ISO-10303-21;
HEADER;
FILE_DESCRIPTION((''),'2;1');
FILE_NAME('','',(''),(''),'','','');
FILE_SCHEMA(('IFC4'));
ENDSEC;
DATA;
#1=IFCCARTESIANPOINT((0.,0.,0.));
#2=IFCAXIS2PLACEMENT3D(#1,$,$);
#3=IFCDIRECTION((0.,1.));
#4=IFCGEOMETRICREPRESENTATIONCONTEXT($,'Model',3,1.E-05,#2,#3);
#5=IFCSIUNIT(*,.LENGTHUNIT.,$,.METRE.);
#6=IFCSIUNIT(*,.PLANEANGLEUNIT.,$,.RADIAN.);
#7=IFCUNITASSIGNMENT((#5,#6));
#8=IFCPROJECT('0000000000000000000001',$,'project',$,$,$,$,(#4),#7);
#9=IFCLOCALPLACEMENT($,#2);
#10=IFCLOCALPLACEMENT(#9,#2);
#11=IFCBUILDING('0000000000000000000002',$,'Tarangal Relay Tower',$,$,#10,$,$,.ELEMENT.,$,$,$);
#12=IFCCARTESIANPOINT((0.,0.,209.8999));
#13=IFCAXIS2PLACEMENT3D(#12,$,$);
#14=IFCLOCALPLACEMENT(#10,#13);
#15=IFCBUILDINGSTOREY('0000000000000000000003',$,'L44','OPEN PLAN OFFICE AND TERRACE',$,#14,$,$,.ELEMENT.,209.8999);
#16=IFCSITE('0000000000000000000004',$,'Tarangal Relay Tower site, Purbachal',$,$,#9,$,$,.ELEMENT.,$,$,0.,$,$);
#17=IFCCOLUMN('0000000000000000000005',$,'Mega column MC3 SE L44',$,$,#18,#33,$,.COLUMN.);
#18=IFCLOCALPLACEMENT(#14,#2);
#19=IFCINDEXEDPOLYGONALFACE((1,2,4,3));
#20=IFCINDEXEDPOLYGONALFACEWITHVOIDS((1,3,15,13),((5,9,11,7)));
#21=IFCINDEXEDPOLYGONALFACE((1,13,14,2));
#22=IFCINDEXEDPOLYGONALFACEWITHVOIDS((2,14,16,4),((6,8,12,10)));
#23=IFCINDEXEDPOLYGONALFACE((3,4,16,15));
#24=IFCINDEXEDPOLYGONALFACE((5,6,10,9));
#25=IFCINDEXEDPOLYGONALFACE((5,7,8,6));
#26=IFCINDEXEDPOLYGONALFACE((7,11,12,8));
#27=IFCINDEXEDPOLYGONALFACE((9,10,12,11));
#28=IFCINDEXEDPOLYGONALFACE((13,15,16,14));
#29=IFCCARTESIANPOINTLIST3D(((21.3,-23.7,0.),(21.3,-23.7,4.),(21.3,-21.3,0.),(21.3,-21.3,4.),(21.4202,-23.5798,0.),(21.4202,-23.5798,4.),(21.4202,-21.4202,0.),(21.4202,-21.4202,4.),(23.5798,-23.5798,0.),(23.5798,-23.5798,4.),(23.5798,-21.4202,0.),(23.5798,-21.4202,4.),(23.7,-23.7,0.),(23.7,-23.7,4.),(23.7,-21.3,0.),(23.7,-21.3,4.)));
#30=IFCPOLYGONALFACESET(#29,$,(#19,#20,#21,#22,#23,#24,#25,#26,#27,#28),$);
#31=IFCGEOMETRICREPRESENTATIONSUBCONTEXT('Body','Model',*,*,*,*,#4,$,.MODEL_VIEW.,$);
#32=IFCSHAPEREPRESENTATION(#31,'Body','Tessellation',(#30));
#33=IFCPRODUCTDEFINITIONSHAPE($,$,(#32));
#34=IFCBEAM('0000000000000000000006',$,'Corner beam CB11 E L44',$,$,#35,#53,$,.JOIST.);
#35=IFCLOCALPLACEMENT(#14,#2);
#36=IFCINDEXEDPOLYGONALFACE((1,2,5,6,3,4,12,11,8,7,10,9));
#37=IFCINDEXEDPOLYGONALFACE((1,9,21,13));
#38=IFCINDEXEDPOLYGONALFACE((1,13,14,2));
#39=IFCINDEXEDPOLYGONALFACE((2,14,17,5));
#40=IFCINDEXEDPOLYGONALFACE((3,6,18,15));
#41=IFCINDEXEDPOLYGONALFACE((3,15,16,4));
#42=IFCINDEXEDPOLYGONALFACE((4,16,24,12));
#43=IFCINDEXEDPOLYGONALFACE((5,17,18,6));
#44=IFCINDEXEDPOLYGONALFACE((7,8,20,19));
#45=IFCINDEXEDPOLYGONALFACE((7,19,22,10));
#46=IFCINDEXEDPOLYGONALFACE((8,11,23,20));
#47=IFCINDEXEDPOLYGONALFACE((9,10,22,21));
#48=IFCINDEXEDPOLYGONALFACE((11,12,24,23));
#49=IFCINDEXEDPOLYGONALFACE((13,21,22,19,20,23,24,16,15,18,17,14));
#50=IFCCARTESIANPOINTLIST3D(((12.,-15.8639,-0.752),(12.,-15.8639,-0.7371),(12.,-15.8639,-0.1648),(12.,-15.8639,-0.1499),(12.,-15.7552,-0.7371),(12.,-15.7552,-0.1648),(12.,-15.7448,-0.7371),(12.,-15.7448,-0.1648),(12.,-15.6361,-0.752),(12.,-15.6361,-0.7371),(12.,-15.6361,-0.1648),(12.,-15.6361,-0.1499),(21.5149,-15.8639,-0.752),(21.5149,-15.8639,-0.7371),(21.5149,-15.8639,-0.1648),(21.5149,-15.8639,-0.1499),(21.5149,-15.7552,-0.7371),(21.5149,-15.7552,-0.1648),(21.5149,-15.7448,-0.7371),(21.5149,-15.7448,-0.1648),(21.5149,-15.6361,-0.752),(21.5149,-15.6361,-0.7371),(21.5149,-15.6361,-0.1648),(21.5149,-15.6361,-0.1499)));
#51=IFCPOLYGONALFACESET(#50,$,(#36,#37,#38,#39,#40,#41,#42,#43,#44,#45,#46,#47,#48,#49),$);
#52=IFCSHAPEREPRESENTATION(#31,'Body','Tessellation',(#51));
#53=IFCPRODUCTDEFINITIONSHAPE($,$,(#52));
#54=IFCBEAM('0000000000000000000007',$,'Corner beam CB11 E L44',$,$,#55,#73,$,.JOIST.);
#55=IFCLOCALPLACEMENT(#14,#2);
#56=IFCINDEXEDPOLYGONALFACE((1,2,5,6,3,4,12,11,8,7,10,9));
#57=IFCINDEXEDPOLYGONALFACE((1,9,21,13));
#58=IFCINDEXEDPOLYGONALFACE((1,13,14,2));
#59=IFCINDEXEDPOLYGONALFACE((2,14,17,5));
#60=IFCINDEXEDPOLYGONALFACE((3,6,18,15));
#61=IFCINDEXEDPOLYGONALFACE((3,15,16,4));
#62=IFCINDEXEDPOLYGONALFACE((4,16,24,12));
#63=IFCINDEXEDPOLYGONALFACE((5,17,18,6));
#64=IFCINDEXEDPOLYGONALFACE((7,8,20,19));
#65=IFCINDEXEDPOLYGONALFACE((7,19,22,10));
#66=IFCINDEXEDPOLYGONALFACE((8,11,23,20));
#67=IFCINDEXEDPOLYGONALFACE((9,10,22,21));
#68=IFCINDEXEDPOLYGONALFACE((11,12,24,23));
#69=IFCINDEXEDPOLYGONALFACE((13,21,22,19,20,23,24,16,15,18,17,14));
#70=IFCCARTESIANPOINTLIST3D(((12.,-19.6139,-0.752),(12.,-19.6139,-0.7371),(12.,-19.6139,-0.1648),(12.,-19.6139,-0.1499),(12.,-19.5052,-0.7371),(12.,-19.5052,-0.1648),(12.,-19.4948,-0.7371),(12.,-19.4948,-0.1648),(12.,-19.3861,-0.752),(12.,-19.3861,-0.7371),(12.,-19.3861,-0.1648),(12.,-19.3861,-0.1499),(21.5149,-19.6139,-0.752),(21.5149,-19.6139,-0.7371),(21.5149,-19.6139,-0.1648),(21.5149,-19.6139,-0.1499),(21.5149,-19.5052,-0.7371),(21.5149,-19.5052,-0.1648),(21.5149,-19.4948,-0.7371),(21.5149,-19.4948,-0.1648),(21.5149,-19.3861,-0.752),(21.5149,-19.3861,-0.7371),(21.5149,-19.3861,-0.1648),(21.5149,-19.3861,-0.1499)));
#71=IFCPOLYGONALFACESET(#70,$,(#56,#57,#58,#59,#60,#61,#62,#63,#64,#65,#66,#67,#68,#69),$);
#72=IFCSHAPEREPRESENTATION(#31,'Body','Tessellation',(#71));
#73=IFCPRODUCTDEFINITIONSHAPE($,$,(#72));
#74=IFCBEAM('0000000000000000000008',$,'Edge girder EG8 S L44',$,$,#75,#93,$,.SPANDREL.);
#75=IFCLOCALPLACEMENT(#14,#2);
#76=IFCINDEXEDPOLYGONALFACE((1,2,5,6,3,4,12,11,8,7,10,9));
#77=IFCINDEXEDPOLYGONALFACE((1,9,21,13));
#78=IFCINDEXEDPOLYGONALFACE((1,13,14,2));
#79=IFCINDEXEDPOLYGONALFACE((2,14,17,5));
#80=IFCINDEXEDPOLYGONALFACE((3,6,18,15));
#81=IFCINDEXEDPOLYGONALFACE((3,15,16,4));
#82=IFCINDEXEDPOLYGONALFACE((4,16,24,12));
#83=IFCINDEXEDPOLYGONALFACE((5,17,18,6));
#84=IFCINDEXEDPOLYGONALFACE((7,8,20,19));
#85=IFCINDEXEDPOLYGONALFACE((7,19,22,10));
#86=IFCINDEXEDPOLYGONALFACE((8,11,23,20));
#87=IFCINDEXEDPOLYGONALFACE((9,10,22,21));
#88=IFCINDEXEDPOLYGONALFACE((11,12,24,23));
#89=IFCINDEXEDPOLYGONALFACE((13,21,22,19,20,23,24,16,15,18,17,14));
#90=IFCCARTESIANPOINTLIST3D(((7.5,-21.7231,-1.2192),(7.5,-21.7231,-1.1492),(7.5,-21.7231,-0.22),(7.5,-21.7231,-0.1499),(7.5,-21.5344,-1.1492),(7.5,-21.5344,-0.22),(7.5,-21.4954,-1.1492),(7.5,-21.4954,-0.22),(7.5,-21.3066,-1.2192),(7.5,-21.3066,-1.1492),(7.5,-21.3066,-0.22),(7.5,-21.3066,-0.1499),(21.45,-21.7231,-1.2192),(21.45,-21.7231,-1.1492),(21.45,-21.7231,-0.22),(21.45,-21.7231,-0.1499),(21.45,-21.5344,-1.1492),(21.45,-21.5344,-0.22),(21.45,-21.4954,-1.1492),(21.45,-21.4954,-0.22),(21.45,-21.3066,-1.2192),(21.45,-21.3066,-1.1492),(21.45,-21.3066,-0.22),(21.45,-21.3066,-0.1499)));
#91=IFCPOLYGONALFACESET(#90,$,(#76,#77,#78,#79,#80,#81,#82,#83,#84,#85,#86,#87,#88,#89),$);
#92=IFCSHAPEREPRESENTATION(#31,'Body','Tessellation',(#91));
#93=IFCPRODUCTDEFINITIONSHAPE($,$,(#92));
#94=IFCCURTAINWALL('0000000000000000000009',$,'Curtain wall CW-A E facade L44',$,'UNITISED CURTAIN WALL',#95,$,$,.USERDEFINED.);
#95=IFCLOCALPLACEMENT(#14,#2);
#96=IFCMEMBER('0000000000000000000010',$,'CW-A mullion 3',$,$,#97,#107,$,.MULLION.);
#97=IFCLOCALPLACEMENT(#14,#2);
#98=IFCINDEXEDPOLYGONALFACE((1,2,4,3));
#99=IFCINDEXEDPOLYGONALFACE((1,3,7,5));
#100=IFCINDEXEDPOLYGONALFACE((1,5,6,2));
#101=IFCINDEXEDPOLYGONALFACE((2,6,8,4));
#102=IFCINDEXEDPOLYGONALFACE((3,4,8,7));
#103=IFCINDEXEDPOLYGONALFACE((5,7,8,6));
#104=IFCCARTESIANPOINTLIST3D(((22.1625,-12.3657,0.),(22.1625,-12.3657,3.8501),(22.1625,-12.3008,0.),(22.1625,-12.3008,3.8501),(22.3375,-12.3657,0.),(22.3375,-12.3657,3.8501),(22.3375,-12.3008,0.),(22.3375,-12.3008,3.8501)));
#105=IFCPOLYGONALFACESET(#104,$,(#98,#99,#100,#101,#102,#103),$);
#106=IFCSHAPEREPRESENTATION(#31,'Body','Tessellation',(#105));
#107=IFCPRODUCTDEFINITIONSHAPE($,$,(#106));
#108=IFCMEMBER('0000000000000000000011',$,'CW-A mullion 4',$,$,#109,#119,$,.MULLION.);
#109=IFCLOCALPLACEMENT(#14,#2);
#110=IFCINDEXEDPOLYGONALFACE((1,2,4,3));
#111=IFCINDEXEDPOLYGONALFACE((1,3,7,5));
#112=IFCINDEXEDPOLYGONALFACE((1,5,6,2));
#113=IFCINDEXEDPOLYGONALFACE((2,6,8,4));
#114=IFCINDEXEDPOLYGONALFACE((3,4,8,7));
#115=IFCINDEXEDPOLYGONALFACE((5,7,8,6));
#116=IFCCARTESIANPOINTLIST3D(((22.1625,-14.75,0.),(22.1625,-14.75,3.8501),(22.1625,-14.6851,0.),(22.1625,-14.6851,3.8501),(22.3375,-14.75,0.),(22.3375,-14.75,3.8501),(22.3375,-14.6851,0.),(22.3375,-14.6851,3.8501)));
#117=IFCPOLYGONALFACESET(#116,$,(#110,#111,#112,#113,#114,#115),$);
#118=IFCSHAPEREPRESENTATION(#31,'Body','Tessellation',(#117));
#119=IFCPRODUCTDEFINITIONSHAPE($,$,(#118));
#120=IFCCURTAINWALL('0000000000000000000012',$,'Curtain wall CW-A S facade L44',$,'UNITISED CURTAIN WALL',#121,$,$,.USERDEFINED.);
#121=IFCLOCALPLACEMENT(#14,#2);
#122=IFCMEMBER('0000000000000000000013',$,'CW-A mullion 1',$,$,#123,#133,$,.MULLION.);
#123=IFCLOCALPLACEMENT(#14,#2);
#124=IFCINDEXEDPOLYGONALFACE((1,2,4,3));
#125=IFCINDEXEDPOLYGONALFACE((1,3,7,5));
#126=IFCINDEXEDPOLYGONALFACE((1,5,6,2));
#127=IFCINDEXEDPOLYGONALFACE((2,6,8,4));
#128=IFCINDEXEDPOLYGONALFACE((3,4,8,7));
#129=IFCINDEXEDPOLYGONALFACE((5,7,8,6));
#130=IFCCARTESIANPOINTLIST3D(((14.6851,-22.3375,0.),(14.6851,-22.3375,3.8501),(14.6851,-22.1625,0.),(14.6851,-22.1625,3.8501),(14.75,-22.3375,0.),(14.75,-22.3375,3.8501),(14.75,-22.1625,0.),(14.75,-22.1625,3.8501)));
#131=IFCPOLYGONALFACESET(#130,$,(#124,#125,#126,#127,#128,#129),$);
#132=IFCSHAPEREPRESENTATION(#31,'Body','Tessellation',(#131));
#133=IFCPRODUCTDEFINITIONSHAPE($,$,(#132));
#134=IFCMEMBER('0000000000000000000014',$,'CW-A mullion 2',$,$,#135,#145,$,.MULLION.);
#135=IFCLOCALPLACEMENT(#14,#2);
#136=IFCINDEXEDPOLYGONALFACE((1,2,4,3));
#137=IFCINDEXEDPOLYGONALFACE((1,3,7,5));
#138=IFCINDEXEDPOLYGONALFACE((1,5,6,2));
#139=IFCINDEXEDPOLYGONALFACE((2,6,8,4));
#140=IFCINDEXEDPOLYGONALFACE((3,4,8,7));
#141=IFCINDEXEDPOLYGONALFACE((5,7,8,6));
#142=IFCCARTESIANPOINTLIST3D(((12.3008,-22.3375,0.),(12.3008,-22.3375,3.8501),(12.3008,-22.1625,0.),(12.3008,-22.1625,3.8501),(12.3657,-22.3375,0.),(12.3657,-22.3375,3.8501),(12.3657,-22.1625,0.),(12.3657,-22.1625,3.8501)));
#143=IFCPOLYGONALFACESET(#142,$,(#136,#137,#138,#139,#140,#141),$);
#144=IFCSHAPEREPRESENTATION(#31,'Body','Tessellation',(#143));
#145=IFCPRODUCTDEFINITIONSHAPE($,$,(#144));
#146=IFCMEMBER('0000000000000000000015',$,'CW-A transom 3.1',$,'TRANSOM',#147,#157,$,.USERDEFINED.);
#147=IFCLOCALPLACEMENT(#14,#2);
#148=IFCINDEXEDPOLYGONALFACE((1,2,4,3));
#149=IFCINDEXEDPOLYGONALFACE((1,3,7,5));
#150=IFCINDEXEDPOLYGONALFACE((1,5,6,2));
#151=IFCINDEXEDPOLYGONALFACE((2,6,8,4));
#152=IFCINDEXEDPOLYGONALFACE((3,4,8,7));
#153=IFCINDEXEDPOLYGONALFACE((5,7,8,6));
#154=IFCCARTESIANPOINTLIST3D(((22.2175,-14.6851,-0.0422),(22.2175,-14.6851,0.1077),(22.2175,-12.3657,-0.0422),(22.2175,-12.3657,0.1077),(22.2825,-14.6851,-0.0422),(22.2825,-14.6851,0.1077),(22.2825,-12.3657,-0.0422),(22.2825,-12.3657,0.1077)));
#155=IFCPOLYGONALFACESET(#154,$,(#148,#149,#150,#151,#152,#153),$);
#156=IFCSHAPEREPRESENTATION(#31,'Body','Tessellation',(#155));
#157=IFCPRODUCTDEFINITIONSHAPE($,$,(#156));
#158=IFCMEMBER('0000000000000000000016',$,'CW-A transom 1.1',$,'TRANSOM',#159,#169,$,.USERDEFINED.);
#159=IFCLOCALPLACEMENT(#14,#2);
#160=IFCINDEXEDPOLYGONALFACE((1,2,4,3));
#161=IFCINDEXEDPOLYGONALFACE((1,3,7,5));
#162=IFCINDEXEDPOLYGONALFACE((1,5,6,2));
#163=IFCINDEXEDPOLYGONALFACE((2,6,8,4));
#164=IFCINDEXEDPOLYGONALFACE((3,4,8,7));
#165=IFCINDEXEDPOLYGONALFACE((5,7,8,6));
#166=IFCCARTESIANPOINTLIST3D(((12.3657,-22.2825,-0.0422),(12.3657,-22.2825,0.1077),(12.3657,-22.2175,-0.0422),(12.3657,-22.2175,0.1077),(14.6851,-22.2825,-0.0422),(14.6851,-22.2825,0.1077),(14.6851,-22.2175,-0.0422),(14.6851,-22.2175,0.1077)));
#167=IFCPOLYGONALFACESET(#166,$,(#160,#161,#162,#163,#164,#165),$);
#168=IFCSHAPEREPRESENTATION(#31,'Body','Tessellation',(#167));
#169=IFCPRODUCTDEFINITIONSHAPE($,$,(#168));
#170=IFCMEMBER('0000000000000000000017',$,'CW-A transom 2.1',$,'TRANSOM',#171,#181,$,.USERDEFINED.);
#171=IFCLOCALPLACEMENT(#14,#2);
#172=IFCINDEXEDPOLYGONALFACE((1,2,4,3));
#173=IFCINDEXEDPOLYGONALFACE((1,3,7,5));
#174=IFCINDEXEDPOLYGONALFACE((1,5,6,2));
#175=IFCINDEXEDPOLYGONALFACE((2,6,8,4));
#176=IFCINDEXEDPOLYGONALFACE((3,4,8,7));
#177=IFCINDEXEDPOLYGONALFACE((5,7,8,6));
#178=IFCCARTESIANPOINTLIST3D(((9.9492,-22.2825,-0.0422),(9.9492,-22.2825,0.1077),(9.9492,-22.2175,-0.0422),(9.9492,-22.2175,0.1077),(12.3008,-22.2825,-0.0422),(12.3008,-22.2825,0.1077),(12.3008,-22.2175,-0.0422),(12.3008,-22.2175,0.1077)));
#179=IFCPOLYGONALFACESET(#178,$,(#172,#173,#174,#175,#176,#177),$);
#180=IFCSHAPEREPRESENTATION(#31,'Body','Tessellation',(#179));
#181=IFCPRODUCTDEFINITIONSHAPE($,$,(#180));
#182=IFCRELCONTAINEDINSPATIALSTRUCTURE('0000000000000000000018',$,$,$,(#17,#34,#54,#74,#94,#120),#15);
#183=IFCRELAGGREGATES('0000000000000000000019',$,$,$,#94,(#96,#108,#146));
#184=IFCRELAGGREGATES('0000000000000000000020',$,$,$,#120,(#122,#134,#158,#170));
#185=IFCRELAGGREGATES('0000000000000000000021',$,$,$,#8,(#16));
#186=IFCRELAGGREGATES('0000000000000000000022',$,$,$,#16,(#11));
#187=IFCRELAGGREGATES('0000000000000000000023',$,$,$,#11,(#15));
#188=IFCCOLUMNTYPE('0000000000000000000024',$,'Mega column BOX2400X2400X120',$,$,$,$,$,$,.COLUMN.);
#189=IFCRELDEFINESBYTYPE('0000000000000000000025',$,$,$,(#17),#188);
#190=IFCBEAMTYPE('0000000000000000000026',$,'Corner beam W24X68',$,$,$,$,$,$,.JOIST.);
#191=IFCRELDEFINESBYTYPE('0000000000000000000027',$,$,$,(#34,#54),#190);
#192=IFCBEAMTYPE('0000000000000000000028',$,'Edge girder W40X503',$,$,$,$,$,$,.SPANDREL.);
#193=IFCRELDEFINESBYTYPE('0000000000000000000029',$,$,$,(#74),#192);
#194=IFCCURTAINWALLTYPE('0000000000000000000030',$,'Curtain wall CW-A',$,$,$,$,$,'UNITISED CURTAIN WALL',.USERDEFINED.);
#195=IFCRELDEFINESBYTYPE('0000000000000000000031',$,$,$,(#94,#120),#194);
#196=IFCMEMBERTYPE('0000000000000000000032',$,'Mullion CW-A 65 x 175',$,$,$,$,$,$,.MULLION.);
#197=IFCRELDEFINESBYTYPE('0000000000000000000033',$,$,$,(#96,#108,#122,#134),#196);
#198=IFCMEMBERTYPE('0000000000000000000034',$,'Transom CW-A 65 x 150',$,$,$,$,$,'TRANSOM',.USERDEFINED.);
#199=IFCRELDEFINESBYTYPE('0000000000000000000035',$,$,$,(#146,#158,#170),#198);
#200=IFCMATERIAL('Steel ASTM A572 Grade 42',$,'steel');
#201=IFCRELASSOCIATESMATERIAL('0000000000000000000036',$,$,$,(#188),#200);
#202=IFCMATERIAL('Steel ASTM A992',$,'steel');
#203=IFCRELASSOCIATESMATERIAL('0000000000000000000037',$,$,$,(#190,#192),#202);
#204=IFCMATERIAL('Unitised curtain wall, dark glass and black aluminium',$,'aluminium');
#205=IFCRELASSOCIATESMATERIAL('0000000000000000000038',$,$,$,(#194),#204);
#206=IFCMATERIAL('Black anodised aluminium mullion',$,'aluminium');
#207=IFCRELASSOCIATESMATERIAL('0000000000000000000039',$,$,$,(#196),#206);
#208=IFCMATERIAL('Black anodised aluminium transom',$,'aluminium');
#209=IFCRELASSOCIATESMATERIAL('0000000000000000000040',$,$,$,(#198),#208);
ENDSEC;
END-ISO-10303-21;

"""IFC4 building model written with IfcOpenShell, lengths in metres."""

from ifc_helpers import new_model, si_unit, direction, frame, origin, origin_2d, place, context, subcontext, project, spatial, rectangle, hollow_rectangle, i_section, extrude, material, material_profile, profile_set, type_object, element, aggregate, save


model = new_model("IFC4")

# Units and contexts
model_context = context("Model", 3, precision=1e-05, world=origin(), true_north=direction((0.0, 1.0)))
body_context = subcontext(model_context, "Body", "Model", "MODEL_VIEW")
ifc_project = project(units=[si_unit("LENGTHUNIT", "METRE"), si_unit("PLANEANGLEUNIT", "RADIAN")], contexts=[model_context])

# Site, building, storey
site_placement = place(None, origin())
site = spatial("IfcSite", under=ifc_project, at=site_placement, Name="Tarangal Relay Tower site, Purbachal", CompositionType="ELEMENT", RefElevation=0.0)
building_placement = place(site_placement, origin())
building = spatial("IfcBuilding", under=site, at=building_placement, Name="Tarangal Relay Tower", CompositionType="ELEMENT")
storey_placement = place(building_placement, frame((0.0, 0.0, 209.8999)))
storey = spatial("IfcBuildingStorey", under=building, at=storey_placement, Name="L44", Description="OPEN PLAN OFFICE AND TERRACE", CompositionType="ELEMENT", Elevation=209.8999)

# Column
ifc_material_1 = material(Name="Steel ASTM A572 Grade 42", Category="steel")
ifc_material_profile_1 = material_profile(ifc_material_1, hollow_rectangle(XDim=2.3999, YDim=2.3999, WallThickness=0.1201, at=origin_2d()), Name="BOX2400X2400X120")
ifc_profile_set_1 = profile_set([ifc_material_profile_1], Name="Steel ASTM A572 Grade 42")
column_type = type_object("IfcColumnType", Name="Mega column BOX2400X2400X120", PredefinedType="COLUMN", material=ifc_profile_set_1)
column_placement = place(storey_placement, frame((22.5, -22.5, 0.0), z_axis=(0.0, 0.0, 1.0), x_axis=(1.0, 0.0, 0.0)))
element("IfcColumn", 1, at=column_placement, inside=storey, type_object=column_type, Name="Mega column MC3 SE L44", PredefinedType="COLUMN", context=body_context, shape_type="SweptSolid", body=[
    extrude(hollow_rectangle(XDim=2.3999, YDim=2.3999, WallThickness=0.1201, at=origin_2d()), origin(), (0.0, 0.0, 1.0), 4.0),
])

# Beams
ifc_material_2 = material(Name="Steel ASTM A992", Category="steel")
ifc_material_profile_2 = material_profile(ifc_material_2, i_section(OverallWidth=0.2278, OverallDepth=0.6021, WebThickness=0.0105, FlangeThickness=0.0149, at=origin_2d()), Name="W24X68")
ifc_profile_set_2 = profile_set([ifc_material_profile_2], Name="Steel ASTM A992")
beam_type_1 = type_object("IfcBeamType", Name="Corner beam W24X68", PredefinedType="JOIST", material=ifc_profile_set_2)
for number, where, z_axis, x_axis, name in (
    (2, (12.0, -15.75, -0.4509), (1.0, 0.0, 0.0), (0.0, 1.0, 0.0), "Corner beam CB11 E L44"),
    (3, (12.0, -19.5, -0.4509), (1.0, 0.0, 0.0), (0.0, 1.0, 0.0), "Corner beam CB11 E L44"),
):
    element("IfcBeam", number, at=place(storey_placement, frame(where, z_axis=z_axis, x_axis=x_axis)), inside=storey, type_object=beam_type_1, Name=name, PredefinedType="JOIST", context=body_context, shape_type="SweptSolid", body=[
        extrude(i_section(OverallWidth=0.2278, OverallDepth=0.6021, WebThickness=0.0105, FlangeThickness=0.0149, at=origin_2d()), origin(), (0.0, 0.0, 1.0), 9.5149),
    ])
ifc_material_profile_3 = material_profile(ifc_material_2, i_section(OverallWidth=0.4165, OverallDepth=1.0693, WebThickness=0.0391, FlangeThickness=0.0701, at=origin_2d()), Name="W40X503")
ifc_profile_set_3 = profile_set([ifc_material_profile_3], Name="Steel ASTM A992")
beam_type_2 = type_object("IfcBeamType", Name="Edge girder W40X503", PredefinedType="SPANDREL", material=ifc_profile_set_3)
beam_placement = place(storey_placement, frame((21.45, -21.5149, -0.6846), z_axis=(-1.0, 0.0, 0.0), x_axis=(0.0, -1.0, 0.0)))
element("IfcBeam", 4, at=beam_placement, inside=storey, type_object=beam_type_2, Name="Edge girder EG8 S L44", PredefinedType="SPANDREL", context=body_context, shape_type="SweptSolid", body=[
    extrude(i_section(OverallWidth=0.4165, OverallDepth=1.0693, WebThickness=0.0391, FlangeThickness=0.0701, at=origin_2d()), origin(), (0.0, 0.0, 1.0), 13.95),
])

# Curtain walls, members
ifc_material_3 = material(Name="Unitised curtain wall, dark glass and black aluminium", Category="aluminium")
curtain_wall_type = type_object("IfcCurtainWallType", Name="Curtain wall CW-A", ElementType="UNITISED CURTAIN WALL", PredefinedType="USERDEFINED", material=ifc_material_3)
curtain_wall_1_placement = place(storey_placement, origin())
curtain_wall_1 = element("IfcCurtainWall", 5, at=curtain_wall_1_placement, inside=storey, type_object=curtain_wall_type, Name="Curtain wall CW-A E facade L44", ObjectType="UNITISED CURTAIN WALL", PredefinedType="USERDEFINED")
ifc_material_4 = material(Name="Black anodised aluminium mullion", Category="aluminium")
ifc_material_profile_4 = material_profile(ifc_material_4, rectangle(XDim=0.175, YDim=0.0649, at=origin_2d()), Name="CW-AM 65X175")
ifc_profile_set_4 = profile_set([ifc_material_profile_4], Name="Black anodised aluminium mullion")
member_type_1 = type_object("IfcMemberType", Name="Mullion CW-A 65 x 175", PredefinedType="MULLION", material=ifc_profile_set_4)
member_1_placement = place(storey_placement, frame((22.25, -12.3333, 0.0), z_axis=(0.0, 0.0, 1.0), x_axis=(1.0, 0.0, 0.0)))
member_1 = element("IfcMember", 6, at=member_1_placement, type_object=member_type_1, Name="CW-A mullion 3", PredefinedType="MULLION", context=body_context, shape_type="SweptSolid", body=[
    extrude(rectangle(XDim=0.175, YDim=0.0649, at=origin_2d()), origin(), (0.0, 0.0, 1.0), 3.8501),
])
member_2_placement = place(storey_placement, frame((22.25, -14.7175, 0.0), z_axis=(0.0, 0.0, 1.0), x_axis=(1.0, 0.0, 0.0)))
member_2 = element("IfcMember", 7, at=member_2_placement, type_object=member_type_1, Name="CW-A mullion 4", PredefinedType="MULLION", context=body_context, shape_type="SweptSolid", body=[
    extrude(rectangle(XDim=0.175, YDim=0.0649, at=origin_2d()), origin(), (0.0, 0.0, 1.0), 3.8501),
])
curtain_wall_2_placement = place(storey_placement, origin())
curtain_wall_2 = element("IfcCurtainWall", 8, at=curtain_wall_2_placement, inside=storey, type_object=curtain_wall_type, Name="Curtain wall CW-A S facade L44", ObjectType="UNITISED CURTAIN WALL", PredefinedType="USERDEFINED")
member_3_placement = place(storey_placement, frame((14.7175, -22.25, 0.0), z_axis=(0.0, 0.0, 1.0), x_axis=(0.0, -1.0, 0.0)))
member_3 = element("IfcMember", 9, at=member_3_placement, type_object=member_type_1, Name="CW-A mullion 1", PredefinedType="MULLION", context=body_context, shape_type="SweptSolid", body=[
    extrude(rectangle(XDim=0.175, YDim=0.0649, at=origin_2d()), origin(), (0.0, 0.0, 1.0), 3.8501),
])
member_4_placement = place(storey_placement, frame((12.3333, -22.25, 0.0), z_axis=(0.0, 0.0, 1.0), x_axis=(0.0, -1.0, 0.0)))
member_4 = element("IfcMember", 10, at=member_4_placement, type_object=member_type_1, Name="CW-A mullion 2", PredefinedType="MULLION", context=body_context, shape_type="SweptSolid", body=[
    extrude(rectangle(XDim=0.175, YDim=0.0649, at=origin_2d()), origin(), (0.0, 0.0, 1.0), 3.8501),
])

# Members
ifc_material_5 = material(Name="Black anodised aluminium transom", Category="aluminium")
ifc_material_profile_5 = material_profile(ifc_material_5, rectangle(XDim=0.0649, YDim=0.1499, at=origin_2d()), Name="CW-AT 65X150")
ifc_profile_set_5 = profile_set([ifc_material_profile_5], Name="Black anodised aluminium transom")
member_type_2 = type_object("IfcMemberType", Name="Transom CW-A 65 x 150", ElementType="TRANSOM", PredefinedType="USERDEFINED", material=ifc_profile_set_5)
member_5_placement = place(storey_placement, frame((22.25, -12.3657, 0.0327), z_axis=(0.0, -1.0, 0.0), x_axis=(1.0, 0.0, 0.0)))
member_5 = element("IfcMember", 11, at=member_5_placement, type_object=member_type_2, Name="CW-A transom 3.1", ObjectType="TRANSOM", PredefinedType="USERDEFINED", context=body_context, shape_type="SweptSolid", body=[
    extrude(rectangle(XDim=0.0649, YDim=0.1499, at=origin_2d()), origin(), (0.0, 0.0, 1.0), 2.3193),
])
member_6_placement = place(storey_placement, frame((14.6851, -22.25, 0.0327), z_axis=(-1.0, 0.0, 0.0), x_axis=(0.0, -1.0, 0.0)))
member_6 = element("IfcMember", 12, at=member_6_placement, type_object=member_type_2, Name="CW-A transom 1.1", ObjectType="TRANSOM", PredefinedType="USERDEFINED", context=body_context, shape_type="SweptSolid", body=[
    extrude(rectangle(XDim=0.0649, YDim=0.1499, at=origin_2d()), origin(), (0.0, 0.0, 1.0), 2.3193),
])
member_7_placement = place(storey_placement, frame((12.3008, -22.25, 0.0327), z_axis=(-1.0, 0.0, 0.0), x_axis=(0.0, -1.0, 0.0)))
member_7 = element("IfcMember", 13, at=member_7_placement, type_object=member_type_2, Name="CW-A transom 2.1", ObjectType="TRANSOM", PredefinedType="USERDEFINED", context=body_context, shape_type="SweptSolid", body=[
    extrude(rectangle(XDim=0.0649, YDim=0.1499, at=origin_2d()), origin(), (0.0, 0.0, 1.0), 2.3516),
])

aggregate(curtain_wall_1, [member_1, member_2, member_5])
aggregate(curtain_wall_2, [member_3, member_4, member_6, member_7])

save(model, "model.ifc")
